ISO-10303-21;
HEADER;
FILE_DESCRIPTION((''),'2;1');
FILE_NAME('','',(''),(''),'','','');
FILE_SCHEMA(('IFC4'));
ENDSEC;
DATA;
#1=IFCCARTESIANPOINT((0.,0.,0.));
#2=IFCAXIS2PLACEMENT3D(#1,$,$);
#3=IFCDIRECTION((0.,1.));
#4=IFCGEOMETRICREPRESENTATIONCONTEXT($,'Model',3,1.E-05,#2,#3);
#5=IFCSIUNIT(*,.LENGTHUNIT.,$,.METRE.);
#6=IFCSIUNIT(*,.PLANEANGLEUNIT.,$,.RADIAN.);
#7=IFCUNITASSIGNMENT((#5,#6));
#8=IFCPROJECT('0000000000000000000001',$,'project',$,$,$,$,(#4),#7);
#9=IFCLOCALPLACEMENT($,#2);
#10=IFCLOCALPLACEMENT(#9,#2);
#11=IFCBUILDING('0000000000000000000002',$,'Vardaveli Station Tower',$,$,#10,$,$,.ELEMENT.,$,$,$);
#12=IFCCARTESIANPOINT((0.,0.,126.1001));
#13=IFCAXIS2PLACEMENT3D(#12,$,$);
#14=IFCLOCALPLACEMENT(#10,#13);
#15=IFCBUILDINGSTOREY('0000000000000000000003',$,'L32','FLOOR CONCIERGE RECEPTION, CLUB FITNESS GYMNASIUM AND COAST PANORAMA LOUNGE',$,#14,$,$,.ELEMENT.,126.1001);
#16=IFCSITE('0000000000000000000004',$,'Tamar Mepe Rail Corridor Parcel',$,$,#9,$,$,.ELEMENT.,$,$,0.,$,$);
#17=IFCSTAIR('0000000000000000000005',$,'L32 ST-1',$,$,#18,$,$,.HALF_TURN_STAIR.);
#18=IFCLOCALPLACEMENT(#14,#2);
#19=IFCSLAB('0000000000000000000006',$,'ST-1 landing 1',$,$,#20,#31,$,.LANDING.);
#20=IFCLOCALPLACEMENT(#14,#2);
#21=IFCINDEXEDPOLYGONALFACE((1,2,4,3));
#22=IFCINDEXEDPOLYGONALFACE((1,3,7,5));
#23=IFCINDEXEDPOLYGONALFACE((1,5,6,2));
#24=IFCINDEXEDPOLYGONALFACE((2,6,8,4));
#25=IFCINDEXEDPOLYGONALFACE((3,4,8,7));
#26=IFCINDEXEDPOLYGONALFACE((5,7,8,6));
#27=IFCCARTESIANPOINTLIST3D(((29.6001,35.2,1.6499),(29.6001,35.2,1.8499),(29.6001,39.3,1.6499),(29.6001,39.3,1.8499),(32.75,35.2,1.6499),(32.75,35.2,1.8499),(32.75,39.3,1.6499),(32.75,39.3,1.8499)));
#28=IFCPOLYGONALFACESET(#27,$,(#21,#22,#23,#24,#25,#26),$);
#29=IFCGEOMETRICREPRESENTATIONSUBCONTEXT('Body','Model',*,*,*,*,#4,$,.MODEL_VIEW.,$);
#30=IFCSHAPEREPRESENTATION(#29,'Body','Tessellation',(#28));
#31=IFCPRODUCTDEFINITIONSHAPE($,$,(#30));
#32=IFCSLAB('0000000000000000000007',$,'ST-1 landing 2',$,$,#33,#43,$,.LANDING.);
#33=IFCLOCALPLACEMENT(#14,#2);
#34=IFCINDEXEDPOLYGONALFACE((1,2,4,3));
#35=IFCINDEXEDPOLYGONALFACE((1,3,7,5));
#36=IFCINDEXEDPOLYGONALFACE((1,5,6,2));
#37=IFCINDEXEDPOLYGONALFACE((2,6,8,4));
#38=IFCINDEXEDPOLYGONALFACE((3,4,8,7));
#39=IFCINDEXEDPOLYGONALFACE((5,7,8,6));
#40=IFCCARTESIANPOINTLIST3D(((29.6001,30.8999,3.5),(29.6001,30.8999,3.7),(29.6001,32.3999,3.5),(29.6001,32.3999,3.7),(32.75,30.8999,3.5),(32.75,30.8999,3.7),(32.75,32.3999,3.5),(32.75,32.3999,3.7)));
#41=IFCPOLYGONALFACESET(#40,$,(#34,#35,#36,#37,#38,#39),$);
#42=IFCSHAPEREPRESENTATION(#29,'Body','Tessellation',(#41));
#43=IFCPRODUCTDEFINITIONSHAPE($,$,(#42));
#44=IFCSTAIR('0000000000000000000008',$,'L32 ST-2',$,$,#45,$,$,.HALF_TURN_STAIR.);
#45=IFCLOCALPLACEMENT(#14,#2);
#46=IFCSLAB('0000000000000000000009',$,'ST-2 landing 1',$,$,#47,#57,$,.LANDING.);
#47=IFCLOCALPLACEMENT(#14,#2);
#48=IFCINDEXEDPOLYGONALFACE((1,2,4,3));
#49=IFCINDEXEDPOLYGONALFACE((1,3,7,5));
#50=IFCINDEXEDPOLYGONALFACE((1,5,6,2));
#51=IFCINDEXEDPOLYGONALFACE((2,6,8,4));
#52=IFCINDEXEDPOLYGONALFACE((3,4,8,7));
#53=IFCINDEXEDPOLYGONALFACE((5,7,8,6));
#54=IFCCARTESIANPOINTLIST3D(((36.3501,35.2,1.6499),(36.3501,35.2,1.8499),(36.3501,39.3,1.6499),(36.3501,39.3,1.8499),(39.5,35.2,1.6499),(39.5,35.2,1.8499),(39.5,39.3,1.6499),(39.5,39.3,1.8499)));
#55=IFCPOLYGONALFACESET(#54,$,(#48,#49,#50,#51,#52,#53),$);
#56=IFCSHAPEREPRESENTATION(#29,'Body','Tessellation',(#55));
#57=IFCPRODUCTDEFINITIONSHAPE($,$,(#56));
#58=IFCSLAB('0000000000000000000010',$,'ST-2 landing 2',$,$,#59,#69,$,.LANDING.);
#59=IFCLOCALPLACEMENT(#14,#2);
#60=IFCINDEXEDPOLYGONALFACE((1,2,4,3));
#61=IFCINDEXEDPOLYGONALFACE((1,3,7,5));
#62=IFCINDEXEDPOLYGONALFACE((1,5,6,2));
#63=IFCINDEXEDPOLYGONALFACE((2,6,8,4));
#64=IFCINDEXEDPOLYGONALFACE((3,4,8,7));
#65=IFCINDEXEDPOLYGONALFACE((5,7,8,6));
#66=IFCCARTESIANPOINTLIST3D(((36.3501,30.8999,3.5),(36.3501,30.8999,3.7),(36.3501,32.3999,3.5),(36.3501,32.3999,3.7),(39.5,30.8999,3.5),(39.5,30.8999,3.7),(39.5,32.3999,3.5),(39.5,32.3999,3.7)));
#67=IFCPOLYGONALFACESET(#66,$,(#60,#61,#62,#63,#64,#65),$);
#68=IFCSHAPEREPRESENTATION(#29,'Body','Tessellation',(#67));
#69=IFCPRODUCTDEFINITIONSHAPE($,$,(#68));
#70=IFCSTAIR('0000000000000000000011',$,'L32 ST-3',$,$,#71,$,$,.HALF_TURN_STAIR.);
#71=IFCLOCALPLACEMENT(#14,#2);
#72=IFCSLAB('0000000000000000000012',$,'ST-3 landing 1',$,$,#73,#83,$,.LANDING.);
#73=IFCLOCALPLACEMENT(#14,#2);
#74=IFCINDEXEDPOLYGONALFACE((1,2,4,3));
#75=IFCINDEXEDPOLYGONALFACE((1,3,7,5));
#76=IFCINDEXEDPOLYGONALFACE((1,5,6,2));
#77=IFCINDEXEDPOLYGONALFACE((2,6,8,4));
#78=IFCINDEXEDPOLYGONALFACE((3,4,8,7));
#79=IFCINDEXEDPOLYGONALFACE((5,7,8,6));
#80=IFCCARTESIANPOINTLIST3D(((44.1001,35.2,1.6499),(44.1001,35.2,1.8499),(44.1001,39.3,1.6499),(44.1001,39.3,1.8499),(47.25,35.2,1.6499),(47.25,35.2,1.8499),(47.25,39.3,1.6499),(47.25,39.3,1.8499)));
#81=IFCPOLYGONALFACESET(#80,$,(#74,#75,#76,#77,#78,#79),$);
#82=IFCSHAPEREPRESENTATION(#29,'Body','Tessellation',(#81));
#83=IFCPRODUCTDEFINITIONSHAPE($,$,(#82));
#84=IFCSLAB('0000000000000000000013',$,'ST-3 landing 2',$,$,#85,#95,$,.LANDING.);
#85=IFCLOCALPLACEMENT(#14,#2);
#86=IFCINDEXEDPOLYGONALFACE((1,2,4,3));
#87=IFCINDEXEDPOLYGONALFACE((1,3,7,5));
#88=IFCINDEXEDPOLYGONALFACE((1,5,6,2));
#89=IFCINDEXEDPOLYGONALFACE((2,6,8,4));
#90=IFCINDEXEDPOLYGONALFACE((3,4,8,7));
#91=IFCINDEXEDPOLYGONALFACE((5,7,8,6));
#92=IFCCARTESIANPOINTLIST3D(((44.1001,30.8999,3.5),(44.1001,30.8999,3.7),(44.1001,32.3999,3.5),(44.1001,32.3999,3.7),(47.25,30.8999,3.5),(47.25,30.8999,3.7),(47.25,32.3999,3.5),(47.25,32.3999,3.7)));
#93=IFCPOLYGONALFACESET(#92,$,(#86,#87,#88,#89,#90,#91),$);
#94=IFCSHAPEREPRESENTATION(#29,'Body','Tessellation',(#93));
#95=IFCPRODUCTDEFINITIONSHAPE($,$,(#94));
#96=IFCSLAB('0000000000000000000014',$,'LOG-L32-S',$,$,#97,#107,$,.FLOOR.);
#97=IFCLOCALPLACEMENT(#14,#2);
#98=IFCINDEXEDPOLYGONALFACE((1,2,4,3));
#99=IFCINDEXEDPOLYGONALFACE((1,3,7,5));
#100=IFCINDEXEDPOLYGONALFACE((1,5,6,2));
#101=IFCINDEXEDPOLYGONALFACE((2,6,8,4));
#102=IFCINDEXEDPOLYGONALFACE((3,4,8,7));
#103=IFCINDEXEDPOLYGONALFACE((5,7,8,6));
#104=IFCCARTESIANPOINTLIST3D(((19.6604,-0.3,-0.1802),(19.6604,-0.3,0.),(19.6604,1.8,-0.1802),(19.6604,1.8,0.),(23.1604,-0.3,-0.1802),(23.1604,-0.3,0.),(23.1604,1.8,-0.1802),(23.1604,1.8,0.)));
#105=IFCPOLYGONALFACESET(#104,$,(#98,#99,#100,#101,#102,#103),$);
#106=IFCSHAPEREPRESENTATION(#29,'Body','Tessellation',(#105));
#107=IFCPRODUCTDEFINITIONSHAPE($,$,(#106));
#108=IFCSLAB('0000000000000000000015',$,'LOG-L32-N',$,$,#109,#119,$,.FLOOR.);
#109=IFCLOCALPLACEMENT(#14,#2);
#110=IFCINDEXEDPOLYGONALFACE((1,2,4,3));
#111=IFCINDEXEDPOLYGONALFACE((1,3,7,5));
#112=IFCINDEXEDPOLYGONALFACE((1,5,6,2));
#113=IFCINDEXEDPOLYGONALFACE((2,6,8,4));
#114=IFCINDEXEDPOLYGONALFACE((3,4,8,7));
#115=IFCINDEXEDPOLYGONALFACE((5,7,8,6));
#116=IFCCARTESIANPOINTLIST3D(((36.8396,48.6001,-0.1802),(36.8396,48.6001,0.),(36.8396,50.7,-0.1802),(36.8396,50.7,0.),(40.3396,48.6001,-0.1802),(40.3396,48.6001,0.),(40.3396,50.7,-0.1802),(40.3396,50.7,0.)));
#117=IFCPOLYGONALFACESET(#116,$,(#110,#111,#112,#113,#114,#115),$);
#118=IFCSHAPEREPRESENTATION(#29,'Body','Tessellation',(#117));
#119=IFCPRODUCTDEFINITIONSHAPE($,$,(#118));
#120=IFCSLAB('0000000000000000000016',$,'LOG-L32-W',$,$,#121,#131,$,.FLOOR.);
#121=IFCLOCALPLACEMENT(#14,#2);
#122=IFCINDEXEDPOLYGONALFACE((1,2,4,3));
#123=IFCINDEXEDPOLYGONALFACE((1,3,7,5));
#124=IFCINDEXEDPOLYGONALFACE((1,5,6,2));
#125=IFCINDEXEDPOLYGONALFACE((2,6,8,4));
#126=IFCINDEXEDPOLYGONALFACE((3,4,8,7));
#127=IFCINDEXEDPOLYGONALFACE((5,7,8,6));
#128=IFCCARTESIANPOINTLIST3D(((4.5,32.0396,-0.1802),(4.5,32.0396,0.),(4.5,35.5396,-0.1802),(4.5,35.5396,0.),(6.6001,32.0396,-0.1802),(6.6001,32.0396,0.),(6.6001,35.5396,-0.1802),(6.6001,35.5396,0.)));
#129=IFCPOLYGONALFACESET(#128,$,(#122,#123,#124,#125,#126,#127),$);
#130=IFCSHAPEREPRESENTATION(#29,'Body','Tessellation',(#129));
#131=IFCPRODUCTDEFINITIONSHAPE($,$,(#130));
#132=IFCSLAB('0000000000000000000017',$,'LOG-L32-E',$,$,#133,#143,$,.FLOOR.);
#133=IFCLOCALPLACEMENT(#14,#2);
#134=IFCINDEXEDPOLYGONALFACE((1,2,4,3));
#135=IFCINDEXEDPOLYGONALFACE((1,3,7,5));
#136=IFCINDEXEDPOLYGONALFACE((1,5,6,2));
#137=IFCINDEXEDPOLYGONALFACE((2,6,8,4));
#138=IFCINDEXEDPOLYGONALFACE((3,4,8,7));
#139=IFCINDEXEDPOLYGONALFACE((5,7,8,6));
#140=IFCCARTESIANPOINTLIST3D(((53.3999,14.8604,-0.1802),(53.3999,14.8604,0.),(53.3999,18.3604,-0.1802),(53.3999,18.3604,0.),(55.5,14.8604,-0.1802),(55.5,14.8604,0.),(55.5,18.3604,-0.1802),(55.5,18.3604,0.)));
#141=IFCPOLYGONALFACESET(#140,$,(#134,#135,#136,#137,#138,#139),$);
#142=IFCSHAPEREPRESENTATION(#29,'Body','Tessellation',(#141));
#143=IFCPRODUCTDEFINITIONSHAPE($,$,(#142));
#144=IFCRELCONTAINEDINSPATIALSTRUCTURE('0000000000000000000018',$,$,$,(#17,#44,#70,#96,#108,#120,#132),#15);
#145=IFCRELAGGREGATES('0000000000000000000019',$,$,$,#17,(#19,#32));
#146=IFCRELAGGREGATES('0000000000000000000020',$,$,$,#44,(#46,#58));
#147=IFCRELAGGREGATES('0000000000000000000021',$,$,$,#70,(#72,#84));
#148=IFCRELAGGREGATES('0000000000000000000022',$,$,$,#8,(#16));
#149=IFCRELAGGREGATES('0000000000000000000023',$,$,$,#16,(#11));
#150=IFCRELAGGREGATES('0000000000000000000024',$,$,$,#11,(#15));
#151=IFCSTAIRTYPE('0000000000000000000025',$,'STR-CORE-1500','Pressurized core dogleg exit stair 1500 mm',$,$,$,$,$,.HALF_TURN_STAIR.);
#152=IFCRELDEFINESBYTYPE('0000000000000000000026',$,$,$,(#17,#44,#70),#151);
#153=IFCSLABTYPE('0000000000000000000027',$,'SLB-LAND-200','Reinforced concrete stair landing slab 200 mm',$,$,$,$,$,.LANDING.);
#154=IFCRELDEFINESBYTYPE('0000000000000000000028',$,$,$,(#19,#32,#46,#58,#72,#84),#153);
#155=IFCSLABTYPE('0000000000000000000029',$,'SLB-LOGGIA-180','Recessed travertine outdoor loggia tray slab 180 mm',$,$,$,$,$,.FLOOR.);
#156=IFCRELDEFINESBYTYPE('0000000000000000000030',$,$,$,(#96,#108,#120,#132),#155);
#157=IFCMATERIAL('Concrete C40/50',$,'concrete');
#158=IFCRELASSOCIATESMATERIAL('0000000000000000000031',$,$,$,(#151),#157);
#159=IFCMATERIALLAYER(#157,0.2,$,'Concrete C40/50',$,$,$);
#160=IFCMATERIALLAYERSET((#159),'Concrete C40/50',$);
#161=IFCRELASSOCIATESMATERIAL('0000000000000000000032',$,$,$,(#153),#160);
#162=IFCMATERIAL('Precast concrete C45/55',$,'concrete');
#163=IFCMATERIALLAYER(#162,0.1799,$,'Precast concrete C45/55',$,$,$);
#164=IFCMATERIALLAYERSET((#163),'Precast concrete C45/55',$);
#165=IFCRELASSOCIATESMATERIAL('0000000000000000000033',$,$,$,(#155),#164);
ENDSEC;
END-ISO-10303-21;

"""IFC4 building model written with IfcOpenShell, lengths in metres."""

from ifc_helpers import new_model, si_unit, direction, frame, origin, place, context, subcontext, project, spatial, polyline, outline, extrude, material, layer, layer_set, type_object, element, aggregate, save


model = new_model("IFC4")

# Units and contexts
model_context = context("Model", 3, precision=1e-05, world=origin(), true_north=direction((0.0, 1.0)))
body_context = subcontext(model_context, "Body", "Model", "MODEL_VIEW")
ifc_project = project(units=[si_unit("LENGTHUNIT", "METRE"), si_unit("PLANEANGLEUNIT", "RADIAN")], contexts=[model_context])

# Site, building, storey
site_placement = place(None, origin())
site = spatial("IfcSite", under=ifc_project, at=site_placement, Name="Tamar Mepe Rail Corridor Parcel", CompositionType="ELEMENT", RefElevation=0.0)
building_placement = place(site_placement, origin())
building = spatial("IfcBuilding", under=site, at=building_placement, Name="Vardaveli Station Tower", CompositionType="ELEMENT")
storey_placement = place(building_placement, frame((0.0, 0.0, 126.1001)))
storey = spatial("IfcBuildingStorey", under=building, at=storey_placement, Name="L32", Description="FLOOR CONCIERGE RECEPTION, CLUB FITNESS GYMNASIUM AND COAST PANORAMA LOUNGE", CompositionType="ELEMENT", Elevation=126.1001)

# Stairs, slabs
ifc_material_1 = material(Name="Concrete C40/50", Category="concrete")
stair_type = type_object("IfcStairType", Name="STR-CORE-1500", Description="Pressurized core dogleg exit stair 1500 mm", PredefinedType="HALF_TURN_STAIR", material=ifc_material_1)
stair_1_placement = place(storey_placement, origin())
stair_1 = element("IfcStair", 1, at=stair_1_placement, inside=storey, type_object=stair_type, Name="L32 ST-1", PredefinedType="HALF_TURN_STAIR")
ifc_layer_1 = layer(ifc_material_1, 0.2, Name="Concrete C40/50")
ifc_layer_set_1 = layer_set([ifc_layer_1], Name="Concrete C40/50")
slab_type_1 = type_object("IfcSlabType", Name="SLB-LAND-200", Description="Reinforced concrete stair landing slab 200 mm", PredefinedType="LANDING", material=ifc_layer_set_1)
slab_1_placement = place(storey_placement, frame((0.0, 0.0, 1.6499)))
slab_1 = element("IfcSlab", 2, at=slab_1_placement, type_object=slab_type_1, Name="ST-1 landing 1", PredefinedType="LANDING", context=body_context, shape_type="SweptSolid", body=[
    extrude(outline(polyline([(32.75, 35.2), (32.75, 39.3), (29.6001, 39.3), (29.6001, 35.2), (32.75, 35.2)])), origin(), (0.0, 0.0, 1.0), 0.2),
])
slab_2_placement = place(storey_placement, frame((0.0, 0.0, 3.5)))
slab_2 = element("IfcSlab", 3, at=slab_2_placement, type_object=slab_type_1, Name="ST-1 landing 2", PredefinedType="LANDING", context=body_context, shape_type="SweptSolid", body=[
    extrude(outline(polyline([(32.75, 30.8999), (32.75, 32.3999), (29.6001, 32.3999), (29.6001, 30.8999), (32.75, 30.8999)])), origin(), (0.0, 0.0, 1.0), 0.2),
])
aggregate(stair_1, [slab_1, slab_2])
stair_2_placement = place(storey_placement, origin())
stair_2 = element("IfcStair", 4, at=stair_2_placement, inside=storey, type_object=stair_type, Name="L32 ST-2", PredefinedType="HALF_TURN_STAIR")
slab_3_placement = place(storey_placement, frame((0.0, 0.0, 1.6499)))
slab_3 = element("IfcSlab", 5, at=slab_3_placement, type_object=slab_type_1, Name="ST-2 landing 1", PredefinedType="LANDING", context=body_context, shape_type="SweptSolid", body=[
    extrude(outline(polyline([(39.5, 35.2), (39.5, 39.3), (36.3501, 39.3), (36.3501, 35.2), (39.5, 35.2)])), origin(), (0.0, 0.0, 1.0), 0.2),
])
slab_4_placement = place(storey_placement, frame((0.0, 0.0, 3.5)))
slab_4 = element("IfcSlab", 6, at=slab_4_placement, type_object=slab_type_1, Name="ST-2 landing 2", PredefinedType="LANDING", context=body_context, shape_type="SweptSolid", body=[
    extrude(outline(polyline([(39.5, 30.8999), (39.5, 32.3999), (36.3501, 32.3999), (36.3501, 30.8999), (39.5, 30.8999)])), origin(), (0.0, 0.0, 1.0), 0.2),
])
aggregate(stair_2, [slab_3, slab_4])
stair_3_placement = place(storey_placement, origin())
stair_3 = element("IfcStair", 7, at=stair_3_placement, inside=storey, type_object=stair_type, Name="L32 ST-3", PredefinedType="HALF_TURN_STAIR")
slab_5_placement = place(storey_placement, frame((0.0, 0.0, 1.6499)))
slab_5 = element("IfcSlab", 8, at=slab_5_placement, type_object=slab_type_1, Name="ST-3 landing 1", PredefinedType="LANDING", context=body_context, shape_type="SweptSolid", body=[
    extrude(outline(polyline([(47.25, 35.2), (47.25, 39.3), (44.1001, 39.3), (44.1001, 35.2), (47.25, 35.2)])), origin(), (0.0, 0.0, 1.0), 0.2),
])
slab_6_placement = place(storey_placement, frame((0.0, 0.0, 3.5)))
slab_6 = element("IfcSlab", 9, at=slab_6_placement, type_object=slab_type_1, Name="ST-3 landing 2", PredefinedType="LANDING", context=body_context, shape_type="SweptSolid", body=[
    extrude(outline(polyline([(47.25, 30.8999), (47.25, 32.3999), (44.1001, 32.3999), (44.1001, 30.8999), (47.25, 30.8999)])), origin(), (0.0, 0.0, 1.0), 0.2),
])
aggregate(stair_3, [slab_5, slab_6])

# Slabs
ifc_material_2 = material(Name="Precast concrete C45/55", Category="concrete")
ifc_layer_2 = layer(ifc_material_2, 0.1799, Name="Precast concrete C45/55")
ifc_layer_set_2 = layer_set([ifc_layer_2], Name="Precast concrete C45/55")
slab_type_2 = type_object("IfcSlabType", Name="SLB-LOGGIA-180", Description="Recessed travertine outdoor loggia tray slab 180 mm", PredefinedType="FLOOR", material=ifc_layer_set_2)
slab_7_placement = place(storey_placement, frame((0.0, 0.0, -0.1802)))
element("IfcSlab", 10, at=slab_7_placement, inside=storey, type_object=slab_type_2, Name="LOG-L32-S", PredefinedType="FLOOR", context=body_context, shape_type="SweptSolid", body=[
    extrude(outline(polyline([(19.6604, -0.3), (23.1604, -0.3), (23.1604, 1.8), (19.6604, 1.8), (19.6604, -0.3)])), origin(), (0.0, 0.0, 1.0), 0.1802),
])
slab_8_placement = place(storey_placement, frame((0.0, 0.0, -0.1802)))
element("IfcSlab", 11, at=slab_8_placement, inside=storey, type_object=slab_type_2, Name="LOG-L32-N", PredefinedType="FLOOR", context=body_context, shape_type="SweptSolid", body=[
    extrude(outline(polyline([(36.8396, 48.6001), (40.3396, 48.6001), (40.3396, 50.7), (36.8396, 50.7), (36.8396, 48.6001)])), origin(), (0.0, 0.0, 1.0), 0.1802),
])
slab_9_placement = place(storey_placement, frame((0.0, 0.0, -0.1802)))
element("IfcSlab", 12, at=slab_9_placement, inside=storey, type_object=slab_type_2, Name="LOG-L32-W", PredefinedType="FLOOR", context=body_context, shape_type="SweptSolid", body=[
    extrude(outline(polyline([(4.5, 32.0396), (6.6001, 32.0396), (6.6001, 35.5396), (4.5, 35.5396), (4.5, 32.0396)])), origin(), (0.0, 0.0, 1.0), 0.1802),
])
slab_10_placement = place(storey_placement, frame((0.0, 0.0, -0.1802)))
element("IfcSlab", 13, at=slab_10_placement, inside=storey, type_object=slab_type_2, Name="LOG-L32-E", PredefinedType="FLOOR", context=body_context, shape_type="SweptSolid", body=[
    extrude(outline(polyline([(53.3999, 14.8604), (55.5, 14.8604), (55.5, 18.3604), (53.3999, 18.3604), (53.3999, 14.8604)])), origin(), (0.0, 0.0, 1.0), 0.1802),
])

save(model, "model.ifc")
